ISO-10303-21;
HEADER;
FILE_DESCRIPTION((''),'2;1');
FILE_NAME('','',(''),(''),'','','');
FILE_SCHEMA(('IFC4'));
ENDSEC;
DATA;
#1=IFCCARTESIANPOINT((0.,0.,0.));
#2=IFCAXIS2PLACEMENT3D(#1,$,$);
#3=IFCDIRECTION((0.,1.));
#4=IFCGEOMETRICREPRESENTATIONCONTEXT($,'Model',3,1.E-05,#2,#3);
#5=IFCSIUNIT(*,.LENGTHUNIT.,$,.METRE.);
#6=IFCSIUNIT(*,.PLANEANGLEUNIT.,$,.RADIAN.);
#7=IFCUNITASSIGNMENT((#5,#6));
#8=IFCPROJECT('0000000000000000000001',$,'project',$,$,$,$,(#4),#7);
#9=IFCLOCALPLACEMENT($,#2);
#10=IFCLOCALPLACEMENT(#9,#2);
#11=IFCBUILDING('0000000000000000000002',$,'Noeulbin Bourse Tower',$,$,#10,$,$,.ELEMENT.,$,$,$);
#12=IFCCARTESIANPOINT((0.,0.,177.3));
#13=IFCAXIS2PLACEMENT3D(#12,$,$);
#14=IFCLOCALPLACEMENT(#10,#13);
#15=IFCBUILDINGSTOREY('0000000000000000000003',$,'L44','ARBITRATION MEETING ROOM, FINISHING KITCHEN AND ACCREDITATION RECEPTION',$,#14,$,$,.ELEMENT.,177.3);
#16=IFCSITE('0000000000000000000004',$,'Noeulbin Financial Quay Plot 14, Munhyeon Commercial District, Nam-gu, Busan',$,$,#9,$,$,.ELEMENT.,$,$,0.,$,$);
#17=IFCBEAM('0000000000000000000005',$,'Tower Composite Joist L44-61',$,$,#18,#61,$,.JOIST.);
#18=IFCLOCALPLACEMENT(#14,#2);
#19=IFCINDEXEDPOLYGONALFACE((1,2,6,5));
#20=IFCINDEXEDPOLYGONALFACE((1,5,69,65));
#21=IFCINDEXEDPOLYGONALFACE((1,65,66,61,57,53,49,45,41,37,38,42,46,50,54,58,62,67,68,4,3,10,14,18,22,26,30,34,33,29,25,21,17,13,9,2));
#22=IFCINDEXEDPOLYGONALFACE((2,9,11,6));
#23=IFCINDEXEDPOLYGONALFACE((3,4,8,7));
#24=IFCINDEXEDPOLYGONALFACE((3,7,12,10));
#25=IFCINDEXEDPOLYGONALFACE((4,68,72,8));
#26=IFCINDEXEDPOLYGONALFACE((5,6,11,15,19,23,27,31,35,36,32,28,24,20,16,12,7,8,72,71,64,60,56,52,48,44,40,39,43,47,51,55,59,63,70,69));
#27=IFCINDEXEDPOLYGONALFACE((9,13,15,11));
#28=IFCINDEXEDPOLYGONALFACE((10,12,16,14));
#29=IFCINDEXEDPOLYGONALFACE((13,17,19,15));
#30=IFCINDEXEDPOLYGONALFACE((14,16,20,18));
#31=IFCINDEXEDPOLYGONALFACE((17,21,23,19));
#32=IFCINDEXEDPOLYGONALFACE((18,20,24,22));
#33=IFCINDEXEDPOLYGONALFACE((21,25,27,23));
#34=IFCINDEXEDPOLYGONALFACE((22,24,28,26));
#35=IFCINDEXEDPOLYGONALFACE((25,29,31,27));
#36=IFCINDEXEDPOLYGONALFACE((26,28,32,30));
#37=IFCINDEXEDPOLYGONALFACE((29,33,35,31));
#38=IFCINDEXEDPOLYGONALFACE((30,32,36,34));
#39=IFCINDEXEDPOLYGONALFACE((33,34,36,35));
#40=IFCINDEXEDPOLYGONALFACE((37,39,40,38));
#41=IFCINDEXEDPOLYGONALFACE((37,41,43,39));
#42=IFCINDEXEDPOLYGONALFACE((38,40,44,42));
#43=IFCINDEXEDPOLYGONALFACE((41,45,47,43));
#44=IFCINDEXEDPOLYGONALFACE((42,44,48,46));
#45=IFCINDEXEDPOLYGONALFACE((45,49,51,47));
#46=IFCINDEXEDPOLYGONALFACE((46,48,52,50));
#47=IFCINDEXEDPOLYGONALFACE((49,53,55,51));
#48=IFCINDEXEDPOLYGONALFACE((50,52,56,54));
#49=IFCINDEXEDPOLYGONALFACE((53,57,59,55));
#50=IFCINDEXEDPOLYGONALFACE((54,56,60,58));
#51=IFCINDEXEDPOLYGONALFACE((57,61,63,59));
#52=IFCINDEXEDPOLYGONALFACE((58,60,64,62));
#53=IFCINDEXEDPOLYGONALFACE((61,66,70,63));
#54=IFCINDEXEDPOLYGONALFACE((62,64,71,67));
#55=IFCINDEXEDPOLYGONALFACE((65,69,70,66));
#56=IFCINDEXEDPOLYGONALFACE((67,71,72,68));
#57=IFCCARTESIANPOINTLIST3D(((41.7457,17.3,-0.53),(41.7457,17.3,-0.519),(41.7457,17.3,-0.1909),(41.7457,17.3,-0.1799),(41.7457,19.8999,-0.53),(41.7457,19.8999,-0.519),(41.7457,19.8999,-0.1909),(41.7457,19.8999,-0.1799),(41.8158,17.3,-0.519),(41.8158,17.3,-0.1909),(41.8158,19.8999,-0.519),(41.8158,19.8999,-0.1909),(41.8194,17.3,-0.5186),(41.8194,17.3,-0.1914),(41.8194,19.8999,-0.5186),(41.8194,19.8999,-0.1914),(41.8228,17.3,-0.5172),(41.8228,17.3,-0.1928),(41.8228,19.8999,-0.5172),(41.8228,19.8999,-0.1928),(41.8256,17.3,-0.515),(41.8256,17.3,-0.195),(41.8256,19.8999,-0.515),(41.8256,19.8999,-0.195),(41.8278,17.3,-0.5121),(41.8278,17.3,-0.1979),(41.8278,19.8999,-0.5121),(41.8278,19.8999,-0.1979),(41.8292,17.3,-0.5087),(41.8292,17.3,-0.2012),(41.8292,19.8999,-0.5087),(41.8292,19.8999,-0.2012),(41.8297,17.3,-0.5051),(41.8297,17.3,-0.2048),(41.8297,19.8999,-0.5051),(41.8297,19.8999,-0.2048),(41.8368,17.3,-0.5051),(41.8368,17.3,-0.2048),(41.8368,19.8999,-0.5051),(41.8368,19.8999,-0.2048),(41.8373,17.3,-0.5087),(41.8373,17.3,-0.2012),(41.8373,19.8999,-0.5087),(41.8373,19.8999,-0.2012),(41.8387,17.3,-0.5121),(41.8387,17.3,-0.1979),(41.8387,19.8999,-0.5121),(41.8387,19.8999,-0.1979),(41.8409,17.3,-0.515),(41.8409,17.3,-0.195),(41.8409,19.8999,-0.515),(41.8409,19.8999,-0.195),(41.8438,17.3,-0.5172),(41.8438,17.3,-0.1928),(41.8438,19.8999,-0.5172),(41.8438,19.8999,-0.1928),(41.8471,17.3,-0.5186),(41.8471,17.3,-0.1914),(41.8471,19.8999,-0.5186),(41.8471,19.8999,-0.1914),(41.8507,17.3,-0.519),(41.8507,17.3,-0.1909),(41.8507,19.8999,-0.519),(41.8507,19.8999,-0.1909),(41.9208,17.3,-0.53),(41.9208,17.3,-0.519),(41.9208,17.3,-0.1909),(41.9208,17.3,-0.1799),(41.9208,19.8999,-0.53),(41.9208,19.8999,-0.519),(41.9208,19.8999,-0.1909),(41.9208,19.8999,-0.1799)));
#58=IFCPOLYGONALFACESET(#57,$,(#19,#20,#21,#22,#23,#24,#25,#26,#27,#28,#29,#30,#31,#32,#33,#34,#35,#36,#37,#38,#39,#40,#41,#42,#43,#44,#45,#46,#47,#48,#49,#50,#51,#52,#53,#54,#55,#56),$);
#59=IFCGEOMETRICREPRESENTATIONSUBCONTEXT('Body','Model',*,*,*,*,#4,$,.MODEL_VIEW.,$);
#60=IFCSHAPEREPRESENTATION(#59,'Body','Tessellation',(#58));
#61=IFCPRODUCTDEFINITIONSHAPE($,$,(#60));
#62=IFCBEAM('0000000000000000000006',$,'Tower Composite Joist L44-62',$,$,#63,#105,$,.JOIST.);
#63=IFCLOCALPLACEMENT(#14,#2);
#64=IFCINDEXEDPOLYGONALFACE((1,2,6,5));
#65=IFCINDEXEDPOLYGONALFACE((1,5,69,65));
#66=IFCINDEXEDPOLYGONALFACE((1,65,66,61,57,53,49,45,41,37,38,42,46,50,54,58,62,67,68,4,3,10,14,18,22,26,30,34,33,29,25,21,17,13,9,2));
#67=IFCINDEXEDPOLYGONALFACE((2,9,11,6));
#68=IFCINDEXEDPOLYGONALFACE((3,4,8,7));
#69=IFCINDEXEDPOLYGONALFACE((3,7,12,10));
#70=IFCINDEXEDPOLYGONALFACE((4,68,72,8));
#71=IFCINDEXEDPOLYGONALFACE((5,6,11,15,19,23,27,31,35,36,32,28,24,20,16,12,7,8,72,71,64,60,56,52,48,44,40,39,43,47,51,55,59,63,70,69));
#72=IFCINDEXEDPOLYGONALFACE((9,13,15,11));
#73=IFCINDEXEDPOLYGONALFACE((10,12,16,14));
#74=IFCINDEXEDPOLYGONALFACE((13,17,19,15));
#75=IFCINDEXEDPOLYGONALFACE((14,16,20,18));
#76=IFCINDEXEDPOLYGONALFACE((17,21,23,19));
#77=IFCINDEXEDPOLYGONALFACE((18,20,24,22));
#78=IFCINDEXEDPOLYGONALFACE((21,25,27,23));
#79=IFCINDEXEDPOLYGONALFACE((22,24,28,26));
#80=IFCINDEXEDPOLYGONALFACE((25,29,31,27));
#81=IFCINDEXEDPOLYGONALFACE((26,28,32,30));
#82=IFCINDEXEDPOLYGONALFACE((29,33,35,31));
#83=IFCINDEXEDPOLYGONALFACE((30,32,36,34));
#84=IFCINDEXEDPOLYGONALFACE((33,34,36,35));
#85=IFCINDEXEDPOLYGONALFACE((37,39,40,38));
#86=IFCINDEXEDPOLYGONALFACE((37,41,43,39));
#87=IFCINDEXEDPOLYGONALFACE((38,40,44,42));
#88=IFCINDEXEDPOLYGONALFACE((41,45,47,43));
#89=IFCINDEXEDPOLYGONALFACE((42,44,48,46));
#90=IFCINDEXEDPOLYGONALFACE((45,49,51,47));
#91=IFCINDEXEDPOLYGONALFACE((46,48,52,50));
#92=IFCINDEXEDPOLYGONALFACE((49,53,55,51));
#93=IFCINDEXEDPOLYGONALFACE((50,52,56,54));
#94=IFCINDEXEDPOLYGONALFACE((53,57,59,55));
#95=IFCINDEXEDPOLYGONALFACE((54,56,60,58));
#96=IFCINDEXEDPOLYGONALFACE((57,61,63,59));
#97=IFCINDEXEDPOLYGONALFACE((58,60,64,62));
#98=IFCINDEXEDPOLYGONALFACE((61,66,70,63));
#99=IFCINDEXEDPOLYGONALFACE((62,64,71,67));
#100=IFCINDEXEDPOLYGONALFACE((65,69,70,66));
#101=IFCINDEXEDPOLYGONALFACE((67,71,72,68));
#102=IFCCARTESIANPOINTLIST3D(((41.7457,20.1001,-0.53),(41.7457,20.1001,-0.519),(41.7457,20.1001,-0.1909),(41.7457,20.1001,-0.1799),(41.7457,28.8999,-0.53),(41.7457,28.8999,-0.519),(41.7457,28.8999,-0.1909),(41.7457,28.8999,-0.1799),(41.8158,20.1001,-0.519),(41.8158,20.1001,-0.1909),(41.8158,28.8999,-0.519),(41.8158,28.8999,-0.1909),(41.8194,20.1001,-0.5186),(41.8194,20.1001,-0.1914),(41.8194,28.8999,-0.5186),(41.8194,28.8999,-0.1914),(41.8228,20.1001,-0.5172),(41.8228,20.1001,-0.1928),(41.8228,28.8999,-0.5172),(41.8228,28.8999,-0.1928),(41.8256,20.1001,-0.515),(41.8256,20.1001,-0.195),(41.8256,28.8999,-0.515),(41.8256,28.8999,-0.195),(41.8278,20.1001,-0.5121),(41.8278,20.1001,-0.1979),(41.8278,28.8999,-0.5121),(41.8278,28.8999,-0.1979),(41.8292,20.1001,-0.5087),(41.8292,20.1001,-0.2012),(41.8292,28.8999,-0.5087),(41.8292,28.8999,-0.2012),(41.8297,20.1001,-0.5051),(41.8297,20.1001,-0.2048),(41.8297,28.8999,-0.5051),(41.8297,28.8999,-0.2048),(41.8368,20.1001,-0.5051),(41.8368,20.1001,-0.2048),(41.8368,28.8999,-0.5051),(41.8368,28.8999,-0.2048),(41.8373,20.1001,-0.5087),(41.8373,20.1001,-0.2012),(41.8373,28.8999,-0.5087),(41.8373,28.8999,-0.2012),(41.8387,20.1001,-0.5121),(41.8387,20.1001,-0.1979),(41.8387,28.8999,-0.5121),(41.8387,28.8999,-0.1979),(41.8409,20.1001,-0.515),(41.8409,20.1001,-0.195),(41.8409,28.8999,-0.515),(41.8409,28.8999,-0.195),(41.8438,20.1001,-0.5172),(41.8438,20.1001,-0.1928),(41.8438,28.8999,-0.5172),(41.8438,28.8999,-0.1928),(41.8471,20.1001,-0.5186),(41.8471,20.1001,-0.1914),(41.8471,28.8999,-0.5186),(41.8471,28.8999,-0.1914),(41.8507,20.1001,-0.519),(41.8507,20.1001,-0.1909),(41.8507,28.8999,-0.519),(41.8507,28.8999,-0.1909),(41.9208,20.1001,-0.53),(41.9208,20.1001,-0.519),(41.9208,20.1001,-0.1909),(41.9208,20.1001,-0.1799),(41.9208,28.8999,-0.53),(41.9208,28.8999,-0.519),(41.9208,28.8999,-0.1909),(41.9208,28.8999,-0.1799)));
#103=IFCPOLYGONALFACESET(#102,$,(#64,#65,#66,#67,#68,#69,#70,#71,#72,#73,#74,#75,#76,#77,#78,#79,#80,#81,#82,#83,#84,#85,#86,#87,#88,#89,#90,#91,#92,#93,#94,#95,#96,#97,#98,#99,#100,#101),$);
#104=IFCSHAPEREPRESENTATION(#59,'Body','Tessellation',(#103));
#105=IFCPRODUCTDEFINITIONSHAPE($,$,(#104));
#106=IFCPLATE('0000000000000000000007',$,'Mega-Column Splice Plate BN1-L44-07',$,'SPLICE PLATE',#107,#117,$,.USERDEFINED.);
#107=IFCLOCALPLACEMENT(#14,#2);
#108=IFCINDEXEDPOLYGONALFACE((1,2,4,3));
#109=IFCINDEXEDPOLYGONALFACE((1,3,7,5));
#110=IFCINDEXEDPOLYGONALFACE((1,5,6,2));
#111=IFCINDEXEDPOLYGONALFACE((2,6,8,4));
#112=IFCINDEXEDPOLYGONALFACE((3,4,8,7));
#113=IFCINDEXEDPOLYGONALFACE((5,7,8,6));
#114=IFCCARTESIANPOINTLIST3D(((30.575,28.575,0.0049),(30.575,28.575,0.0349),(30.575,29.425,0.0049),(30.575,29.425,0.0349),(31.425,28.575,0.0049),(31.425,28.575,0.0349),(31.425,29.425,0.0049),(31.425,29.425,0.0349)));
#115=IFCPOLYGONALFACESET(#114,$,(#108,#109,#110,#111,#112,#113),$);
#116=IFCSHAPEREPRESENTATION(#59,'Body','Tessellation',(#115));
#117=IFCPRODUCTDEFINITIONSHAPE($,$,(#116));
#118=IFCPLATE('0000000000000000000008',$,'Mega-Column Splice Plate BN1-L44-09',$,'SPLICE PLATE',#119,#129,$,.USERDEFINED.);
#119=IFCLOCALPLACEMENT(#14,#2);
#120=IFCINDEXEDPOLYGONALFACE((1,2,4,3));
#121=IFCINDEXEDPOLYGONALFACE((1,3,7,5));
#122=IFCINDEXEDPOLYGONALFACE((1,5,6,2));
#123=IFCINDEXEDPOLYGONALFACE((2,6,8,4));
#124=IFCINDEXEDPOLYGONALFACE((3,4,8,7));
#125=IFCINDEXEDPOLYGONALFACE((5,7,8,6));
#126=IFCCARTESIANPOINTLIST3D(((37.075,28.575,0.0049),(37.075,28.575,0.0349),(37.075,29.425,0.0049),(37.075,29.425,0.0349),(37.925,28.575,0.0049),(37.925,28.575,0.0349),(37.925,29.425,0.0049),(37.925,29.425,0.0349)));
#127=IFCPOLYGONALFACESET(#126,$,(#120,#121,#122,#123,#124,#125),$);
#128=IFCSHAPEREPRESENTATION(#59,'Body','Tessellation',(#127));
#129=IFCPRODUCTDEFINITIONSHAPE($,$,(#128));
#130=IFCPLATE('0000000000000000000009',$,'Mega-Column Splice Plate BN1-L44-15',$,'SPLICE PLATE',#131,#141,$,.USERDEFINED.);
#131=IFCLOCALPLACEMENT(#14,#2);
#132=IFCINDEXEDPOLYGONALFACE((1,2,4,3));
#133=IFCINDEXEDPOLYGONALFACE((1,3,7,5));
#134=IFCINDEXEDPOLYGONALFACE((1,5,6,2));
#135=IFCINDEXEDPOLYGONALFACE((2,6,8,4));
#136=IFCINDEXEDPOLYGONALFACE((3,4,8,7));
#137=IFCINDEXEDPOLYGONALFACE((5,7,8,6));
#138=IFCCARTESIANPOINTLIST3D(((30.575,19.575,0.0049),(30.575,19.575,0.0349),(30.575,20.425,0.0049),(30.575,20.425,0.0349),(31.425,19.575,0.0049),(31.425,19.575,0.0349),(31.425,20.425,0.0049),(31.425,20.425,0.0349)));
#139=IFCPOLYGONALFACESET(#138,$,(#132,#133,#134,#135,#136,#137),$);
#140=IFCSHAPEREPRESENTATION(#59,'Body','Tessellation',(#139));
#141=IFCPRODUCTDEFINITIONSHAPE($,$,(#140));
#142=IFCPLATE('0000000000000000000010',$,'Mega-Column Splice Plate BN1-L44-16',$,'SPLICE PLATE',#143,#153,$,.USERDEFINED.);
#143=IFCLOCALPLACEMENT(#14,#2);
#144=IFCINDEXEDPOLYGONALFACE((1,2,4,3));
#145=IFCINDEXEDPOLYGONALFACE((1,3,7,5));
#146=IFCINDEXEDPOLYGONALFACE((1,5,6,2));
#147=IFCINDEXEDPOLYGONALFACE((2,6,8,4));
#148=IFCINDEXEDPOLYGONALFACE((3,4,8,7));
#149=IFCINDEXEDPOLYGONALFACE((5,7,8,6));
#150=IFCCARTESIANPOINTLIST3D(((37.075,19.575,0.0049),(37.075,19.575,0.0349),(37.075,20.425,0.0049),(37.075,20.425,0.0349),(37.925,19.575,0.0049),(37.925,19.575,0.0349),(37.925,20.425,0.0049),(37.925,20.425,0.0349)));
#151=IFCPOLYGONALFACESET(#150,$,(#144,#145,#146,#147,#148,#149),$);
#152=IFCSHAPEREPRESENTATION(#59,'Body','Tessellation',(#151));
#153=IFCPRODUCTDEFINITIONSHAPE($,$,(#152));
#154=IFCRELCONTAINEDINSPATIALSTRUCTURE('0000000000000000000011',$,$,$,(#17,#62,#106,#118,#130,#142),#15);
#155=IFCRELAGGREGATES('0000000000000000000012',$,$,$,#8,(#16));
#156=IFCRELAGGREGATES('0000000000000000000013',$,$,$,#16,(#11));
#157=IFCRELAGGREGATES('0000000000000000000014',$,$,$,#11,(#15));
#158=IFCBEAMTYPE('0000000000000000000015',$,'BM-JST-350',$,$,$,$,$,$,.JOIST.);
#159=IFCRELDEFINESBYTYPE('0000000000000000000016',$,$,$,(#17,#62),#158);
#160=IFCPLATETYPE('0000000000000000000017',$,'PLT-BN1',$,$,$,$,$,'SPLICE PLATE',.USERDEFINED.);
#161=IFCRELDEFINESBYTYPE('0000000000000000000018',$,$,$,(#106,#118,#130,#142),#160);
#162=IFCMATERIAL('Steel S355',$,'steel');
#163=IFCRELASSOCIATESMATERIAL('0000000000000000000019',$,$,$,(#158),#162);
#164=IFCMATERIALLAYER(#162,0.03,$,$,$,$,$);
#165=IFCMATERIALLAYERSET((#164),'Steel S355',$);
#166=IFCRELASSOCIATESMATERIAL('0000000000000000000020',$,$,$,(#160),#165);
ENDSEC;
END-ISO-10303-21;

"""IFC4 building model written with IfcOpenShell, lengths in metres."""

from ifc_helpers import new_model, si_unit, direction, frame, origin, origin_2d, place, context, subcontext, project, spatial, rectangle, i_section, extrude, material, layer, layer_set, material_profile, profile_set, type_object, element, save


model = new_model("IFC4")

# Units and contexts
model_context = context("Model", 3, precision=1e-05, world=origin(), true_north=direction((0.0, 1.0)))
body_context = subcontext(model_context, "Body", "Model", "MODEL_VIEW")
ifc_project = project(units=[si_unit("LENGTHUNIT", "METRE"), si_unit("PLANEANGLEUNIT", "RADIAN")], contexts=[model_context])

# Site, building, storey
site_placement = place(None, origin())
site = spatial("IfcSite", under=ifc_project, at=site_placement, Name="Noeulbin Financial Quay Plot 14, Munhyeon Commercial District, Nam-gu, Busan", CompositionType="ELEMENT", RefElevation=0.0)
building_placement = place(site_placement, origin())
building = spatial("IfcBuilding", under=site, at=building_placement, Name="Noeulbin Bourse Tower", CompositionType="ELEMENT")
storey_placement = place(building_placement, frame((0.0, 0.0, 177.3)))
storey = spatial("IfcBuildingStorey", under=building, at=storey_placement, Name="L44", Description="ARBITRATION MEETING ROOM, FINISHING KITCHEN AND ACCREDITATION RECEPTION", CompositionType="ELEMENT", Elevation=177.3)

# Beams
ifc_material_1 = material(Name="Steel S355", Category="steel")
ifc_material_profile_1 = material_profile(ifc_material_1, i_section(OverallWidth=0.175, OverallDepth=0.3501, WebThickness=0.0071, FlangeThickness=0.011, FilletRadius=0.0139, at=origin_2d()), Name="H-350x175x7x11", Category="LoadBearing")
ifc_profile_set_1 = profile_set([ifc_material_profile_1], Name="Steel S355")
beam_type_1 = type_object("IfcBeamType", Name="BM-JST-350", PredefinedType="JOIST", material=ifc_profile_set_1)
beam_1_placement = place(storey_placement, frame((41.8333, 17.3, -0.355), z_axis=(0.0, 1.0, 0.0), x_axis=(-1.0, 0.0, 0.0)))
element("IfcBeam", 1, at=beam_1_placement, inside=storey, type_object=beam_type_1, Name="Tower Composite Joist L44-61", PredefinedType="JOIST", context=body_context, shape_type="SweptSolid", body=[
    extrude(i_section(OverallWidth=0.175, OverallDepth=0.3501, WebThickness=0.0071, FlangeThickness=0.011, FilletRadius=0.0139, at=origin_2d()), origin(), (0.0, 0.0, 1.0), 2.5999),
])
beam_2_placement = place(storey_placement, frame((41.8333, 20.1001, -0.355), z_axis=(0.0, 1.0, 0.0), x_axis=(-1.0, 0.0, 0.0)))
element("IfcBeam", 2, at=beam_2_placement, inside=storey, type_object=beam_type_1, Name="Tower Composite Joist L44-62", PredefinedType="JOIST", context=body_context, shape_type="SweptSolid", body=[
    extrude(i_section(OverallWidth=0.175, OverallDepth=0.3501, WebThickness=0.0071, FlangeThickness=0.011, FilletRadius=0.0139, at=origin_2d()), origin(), (0.0, 0.0, 1.0), 8.7998),
])

# Plates
ifc_layer = layer(ifc_material_1, 0.03)
ifc_layer_set = layer_set([ifc_layer], Name="Steel S355")
plate_type = type_object("IfcPlateType", Name="PLT-BN1", ElementType="SPLICE PLATE", PredefinedType="USERDEFINED", material=ifc_layer_set)
for number, where, z_axis, x_axis, name in (
    (3, (31.0, 29.0, 0.0049), (0.0, 0.0, 1.0), (1.0, 0.0, 0.0), "Mega-Column Splice Plate BN1-L44-07"),
    (4, (37.5, 29.0, 0.0049), (0.0, 0.0, 1.0), (1.0, 0.0, 0.0), "Mega-Column Splice Plate BN1-L44-09"),
    (5, (31.0, 20.0, 0.0049), (0.0, 0.0, 1.0), (1.0, 0.0, 0.0), "Mega-Column Splice Plate BN1-L44-15"),
    (6, (37.5, 20.0, 0.0049), (0.0, 0.0, 1.0), (1.0, 0.0, 0.0), "Mega-Column Splice Plate BN1-L44-16"),
):
    element("IfcPlate", number, at=place(storey_placement, frame(where, z_axis=z_axis, x_axis=x_axis)), inside=storey, type_object=plate_type, Name=name, ObjectType="SPLICE PLATE", PredefinedType="USERDEFINED", context=body_context, shape_type="SweptSolid", body=[
        extrude(rectangle(XDim=0.8501, YDim=0.8501, at=origin_2d()), origin(), (0.0, 0.0, 1.0), 0.03),
    ])

save(model, "model.ifc")
